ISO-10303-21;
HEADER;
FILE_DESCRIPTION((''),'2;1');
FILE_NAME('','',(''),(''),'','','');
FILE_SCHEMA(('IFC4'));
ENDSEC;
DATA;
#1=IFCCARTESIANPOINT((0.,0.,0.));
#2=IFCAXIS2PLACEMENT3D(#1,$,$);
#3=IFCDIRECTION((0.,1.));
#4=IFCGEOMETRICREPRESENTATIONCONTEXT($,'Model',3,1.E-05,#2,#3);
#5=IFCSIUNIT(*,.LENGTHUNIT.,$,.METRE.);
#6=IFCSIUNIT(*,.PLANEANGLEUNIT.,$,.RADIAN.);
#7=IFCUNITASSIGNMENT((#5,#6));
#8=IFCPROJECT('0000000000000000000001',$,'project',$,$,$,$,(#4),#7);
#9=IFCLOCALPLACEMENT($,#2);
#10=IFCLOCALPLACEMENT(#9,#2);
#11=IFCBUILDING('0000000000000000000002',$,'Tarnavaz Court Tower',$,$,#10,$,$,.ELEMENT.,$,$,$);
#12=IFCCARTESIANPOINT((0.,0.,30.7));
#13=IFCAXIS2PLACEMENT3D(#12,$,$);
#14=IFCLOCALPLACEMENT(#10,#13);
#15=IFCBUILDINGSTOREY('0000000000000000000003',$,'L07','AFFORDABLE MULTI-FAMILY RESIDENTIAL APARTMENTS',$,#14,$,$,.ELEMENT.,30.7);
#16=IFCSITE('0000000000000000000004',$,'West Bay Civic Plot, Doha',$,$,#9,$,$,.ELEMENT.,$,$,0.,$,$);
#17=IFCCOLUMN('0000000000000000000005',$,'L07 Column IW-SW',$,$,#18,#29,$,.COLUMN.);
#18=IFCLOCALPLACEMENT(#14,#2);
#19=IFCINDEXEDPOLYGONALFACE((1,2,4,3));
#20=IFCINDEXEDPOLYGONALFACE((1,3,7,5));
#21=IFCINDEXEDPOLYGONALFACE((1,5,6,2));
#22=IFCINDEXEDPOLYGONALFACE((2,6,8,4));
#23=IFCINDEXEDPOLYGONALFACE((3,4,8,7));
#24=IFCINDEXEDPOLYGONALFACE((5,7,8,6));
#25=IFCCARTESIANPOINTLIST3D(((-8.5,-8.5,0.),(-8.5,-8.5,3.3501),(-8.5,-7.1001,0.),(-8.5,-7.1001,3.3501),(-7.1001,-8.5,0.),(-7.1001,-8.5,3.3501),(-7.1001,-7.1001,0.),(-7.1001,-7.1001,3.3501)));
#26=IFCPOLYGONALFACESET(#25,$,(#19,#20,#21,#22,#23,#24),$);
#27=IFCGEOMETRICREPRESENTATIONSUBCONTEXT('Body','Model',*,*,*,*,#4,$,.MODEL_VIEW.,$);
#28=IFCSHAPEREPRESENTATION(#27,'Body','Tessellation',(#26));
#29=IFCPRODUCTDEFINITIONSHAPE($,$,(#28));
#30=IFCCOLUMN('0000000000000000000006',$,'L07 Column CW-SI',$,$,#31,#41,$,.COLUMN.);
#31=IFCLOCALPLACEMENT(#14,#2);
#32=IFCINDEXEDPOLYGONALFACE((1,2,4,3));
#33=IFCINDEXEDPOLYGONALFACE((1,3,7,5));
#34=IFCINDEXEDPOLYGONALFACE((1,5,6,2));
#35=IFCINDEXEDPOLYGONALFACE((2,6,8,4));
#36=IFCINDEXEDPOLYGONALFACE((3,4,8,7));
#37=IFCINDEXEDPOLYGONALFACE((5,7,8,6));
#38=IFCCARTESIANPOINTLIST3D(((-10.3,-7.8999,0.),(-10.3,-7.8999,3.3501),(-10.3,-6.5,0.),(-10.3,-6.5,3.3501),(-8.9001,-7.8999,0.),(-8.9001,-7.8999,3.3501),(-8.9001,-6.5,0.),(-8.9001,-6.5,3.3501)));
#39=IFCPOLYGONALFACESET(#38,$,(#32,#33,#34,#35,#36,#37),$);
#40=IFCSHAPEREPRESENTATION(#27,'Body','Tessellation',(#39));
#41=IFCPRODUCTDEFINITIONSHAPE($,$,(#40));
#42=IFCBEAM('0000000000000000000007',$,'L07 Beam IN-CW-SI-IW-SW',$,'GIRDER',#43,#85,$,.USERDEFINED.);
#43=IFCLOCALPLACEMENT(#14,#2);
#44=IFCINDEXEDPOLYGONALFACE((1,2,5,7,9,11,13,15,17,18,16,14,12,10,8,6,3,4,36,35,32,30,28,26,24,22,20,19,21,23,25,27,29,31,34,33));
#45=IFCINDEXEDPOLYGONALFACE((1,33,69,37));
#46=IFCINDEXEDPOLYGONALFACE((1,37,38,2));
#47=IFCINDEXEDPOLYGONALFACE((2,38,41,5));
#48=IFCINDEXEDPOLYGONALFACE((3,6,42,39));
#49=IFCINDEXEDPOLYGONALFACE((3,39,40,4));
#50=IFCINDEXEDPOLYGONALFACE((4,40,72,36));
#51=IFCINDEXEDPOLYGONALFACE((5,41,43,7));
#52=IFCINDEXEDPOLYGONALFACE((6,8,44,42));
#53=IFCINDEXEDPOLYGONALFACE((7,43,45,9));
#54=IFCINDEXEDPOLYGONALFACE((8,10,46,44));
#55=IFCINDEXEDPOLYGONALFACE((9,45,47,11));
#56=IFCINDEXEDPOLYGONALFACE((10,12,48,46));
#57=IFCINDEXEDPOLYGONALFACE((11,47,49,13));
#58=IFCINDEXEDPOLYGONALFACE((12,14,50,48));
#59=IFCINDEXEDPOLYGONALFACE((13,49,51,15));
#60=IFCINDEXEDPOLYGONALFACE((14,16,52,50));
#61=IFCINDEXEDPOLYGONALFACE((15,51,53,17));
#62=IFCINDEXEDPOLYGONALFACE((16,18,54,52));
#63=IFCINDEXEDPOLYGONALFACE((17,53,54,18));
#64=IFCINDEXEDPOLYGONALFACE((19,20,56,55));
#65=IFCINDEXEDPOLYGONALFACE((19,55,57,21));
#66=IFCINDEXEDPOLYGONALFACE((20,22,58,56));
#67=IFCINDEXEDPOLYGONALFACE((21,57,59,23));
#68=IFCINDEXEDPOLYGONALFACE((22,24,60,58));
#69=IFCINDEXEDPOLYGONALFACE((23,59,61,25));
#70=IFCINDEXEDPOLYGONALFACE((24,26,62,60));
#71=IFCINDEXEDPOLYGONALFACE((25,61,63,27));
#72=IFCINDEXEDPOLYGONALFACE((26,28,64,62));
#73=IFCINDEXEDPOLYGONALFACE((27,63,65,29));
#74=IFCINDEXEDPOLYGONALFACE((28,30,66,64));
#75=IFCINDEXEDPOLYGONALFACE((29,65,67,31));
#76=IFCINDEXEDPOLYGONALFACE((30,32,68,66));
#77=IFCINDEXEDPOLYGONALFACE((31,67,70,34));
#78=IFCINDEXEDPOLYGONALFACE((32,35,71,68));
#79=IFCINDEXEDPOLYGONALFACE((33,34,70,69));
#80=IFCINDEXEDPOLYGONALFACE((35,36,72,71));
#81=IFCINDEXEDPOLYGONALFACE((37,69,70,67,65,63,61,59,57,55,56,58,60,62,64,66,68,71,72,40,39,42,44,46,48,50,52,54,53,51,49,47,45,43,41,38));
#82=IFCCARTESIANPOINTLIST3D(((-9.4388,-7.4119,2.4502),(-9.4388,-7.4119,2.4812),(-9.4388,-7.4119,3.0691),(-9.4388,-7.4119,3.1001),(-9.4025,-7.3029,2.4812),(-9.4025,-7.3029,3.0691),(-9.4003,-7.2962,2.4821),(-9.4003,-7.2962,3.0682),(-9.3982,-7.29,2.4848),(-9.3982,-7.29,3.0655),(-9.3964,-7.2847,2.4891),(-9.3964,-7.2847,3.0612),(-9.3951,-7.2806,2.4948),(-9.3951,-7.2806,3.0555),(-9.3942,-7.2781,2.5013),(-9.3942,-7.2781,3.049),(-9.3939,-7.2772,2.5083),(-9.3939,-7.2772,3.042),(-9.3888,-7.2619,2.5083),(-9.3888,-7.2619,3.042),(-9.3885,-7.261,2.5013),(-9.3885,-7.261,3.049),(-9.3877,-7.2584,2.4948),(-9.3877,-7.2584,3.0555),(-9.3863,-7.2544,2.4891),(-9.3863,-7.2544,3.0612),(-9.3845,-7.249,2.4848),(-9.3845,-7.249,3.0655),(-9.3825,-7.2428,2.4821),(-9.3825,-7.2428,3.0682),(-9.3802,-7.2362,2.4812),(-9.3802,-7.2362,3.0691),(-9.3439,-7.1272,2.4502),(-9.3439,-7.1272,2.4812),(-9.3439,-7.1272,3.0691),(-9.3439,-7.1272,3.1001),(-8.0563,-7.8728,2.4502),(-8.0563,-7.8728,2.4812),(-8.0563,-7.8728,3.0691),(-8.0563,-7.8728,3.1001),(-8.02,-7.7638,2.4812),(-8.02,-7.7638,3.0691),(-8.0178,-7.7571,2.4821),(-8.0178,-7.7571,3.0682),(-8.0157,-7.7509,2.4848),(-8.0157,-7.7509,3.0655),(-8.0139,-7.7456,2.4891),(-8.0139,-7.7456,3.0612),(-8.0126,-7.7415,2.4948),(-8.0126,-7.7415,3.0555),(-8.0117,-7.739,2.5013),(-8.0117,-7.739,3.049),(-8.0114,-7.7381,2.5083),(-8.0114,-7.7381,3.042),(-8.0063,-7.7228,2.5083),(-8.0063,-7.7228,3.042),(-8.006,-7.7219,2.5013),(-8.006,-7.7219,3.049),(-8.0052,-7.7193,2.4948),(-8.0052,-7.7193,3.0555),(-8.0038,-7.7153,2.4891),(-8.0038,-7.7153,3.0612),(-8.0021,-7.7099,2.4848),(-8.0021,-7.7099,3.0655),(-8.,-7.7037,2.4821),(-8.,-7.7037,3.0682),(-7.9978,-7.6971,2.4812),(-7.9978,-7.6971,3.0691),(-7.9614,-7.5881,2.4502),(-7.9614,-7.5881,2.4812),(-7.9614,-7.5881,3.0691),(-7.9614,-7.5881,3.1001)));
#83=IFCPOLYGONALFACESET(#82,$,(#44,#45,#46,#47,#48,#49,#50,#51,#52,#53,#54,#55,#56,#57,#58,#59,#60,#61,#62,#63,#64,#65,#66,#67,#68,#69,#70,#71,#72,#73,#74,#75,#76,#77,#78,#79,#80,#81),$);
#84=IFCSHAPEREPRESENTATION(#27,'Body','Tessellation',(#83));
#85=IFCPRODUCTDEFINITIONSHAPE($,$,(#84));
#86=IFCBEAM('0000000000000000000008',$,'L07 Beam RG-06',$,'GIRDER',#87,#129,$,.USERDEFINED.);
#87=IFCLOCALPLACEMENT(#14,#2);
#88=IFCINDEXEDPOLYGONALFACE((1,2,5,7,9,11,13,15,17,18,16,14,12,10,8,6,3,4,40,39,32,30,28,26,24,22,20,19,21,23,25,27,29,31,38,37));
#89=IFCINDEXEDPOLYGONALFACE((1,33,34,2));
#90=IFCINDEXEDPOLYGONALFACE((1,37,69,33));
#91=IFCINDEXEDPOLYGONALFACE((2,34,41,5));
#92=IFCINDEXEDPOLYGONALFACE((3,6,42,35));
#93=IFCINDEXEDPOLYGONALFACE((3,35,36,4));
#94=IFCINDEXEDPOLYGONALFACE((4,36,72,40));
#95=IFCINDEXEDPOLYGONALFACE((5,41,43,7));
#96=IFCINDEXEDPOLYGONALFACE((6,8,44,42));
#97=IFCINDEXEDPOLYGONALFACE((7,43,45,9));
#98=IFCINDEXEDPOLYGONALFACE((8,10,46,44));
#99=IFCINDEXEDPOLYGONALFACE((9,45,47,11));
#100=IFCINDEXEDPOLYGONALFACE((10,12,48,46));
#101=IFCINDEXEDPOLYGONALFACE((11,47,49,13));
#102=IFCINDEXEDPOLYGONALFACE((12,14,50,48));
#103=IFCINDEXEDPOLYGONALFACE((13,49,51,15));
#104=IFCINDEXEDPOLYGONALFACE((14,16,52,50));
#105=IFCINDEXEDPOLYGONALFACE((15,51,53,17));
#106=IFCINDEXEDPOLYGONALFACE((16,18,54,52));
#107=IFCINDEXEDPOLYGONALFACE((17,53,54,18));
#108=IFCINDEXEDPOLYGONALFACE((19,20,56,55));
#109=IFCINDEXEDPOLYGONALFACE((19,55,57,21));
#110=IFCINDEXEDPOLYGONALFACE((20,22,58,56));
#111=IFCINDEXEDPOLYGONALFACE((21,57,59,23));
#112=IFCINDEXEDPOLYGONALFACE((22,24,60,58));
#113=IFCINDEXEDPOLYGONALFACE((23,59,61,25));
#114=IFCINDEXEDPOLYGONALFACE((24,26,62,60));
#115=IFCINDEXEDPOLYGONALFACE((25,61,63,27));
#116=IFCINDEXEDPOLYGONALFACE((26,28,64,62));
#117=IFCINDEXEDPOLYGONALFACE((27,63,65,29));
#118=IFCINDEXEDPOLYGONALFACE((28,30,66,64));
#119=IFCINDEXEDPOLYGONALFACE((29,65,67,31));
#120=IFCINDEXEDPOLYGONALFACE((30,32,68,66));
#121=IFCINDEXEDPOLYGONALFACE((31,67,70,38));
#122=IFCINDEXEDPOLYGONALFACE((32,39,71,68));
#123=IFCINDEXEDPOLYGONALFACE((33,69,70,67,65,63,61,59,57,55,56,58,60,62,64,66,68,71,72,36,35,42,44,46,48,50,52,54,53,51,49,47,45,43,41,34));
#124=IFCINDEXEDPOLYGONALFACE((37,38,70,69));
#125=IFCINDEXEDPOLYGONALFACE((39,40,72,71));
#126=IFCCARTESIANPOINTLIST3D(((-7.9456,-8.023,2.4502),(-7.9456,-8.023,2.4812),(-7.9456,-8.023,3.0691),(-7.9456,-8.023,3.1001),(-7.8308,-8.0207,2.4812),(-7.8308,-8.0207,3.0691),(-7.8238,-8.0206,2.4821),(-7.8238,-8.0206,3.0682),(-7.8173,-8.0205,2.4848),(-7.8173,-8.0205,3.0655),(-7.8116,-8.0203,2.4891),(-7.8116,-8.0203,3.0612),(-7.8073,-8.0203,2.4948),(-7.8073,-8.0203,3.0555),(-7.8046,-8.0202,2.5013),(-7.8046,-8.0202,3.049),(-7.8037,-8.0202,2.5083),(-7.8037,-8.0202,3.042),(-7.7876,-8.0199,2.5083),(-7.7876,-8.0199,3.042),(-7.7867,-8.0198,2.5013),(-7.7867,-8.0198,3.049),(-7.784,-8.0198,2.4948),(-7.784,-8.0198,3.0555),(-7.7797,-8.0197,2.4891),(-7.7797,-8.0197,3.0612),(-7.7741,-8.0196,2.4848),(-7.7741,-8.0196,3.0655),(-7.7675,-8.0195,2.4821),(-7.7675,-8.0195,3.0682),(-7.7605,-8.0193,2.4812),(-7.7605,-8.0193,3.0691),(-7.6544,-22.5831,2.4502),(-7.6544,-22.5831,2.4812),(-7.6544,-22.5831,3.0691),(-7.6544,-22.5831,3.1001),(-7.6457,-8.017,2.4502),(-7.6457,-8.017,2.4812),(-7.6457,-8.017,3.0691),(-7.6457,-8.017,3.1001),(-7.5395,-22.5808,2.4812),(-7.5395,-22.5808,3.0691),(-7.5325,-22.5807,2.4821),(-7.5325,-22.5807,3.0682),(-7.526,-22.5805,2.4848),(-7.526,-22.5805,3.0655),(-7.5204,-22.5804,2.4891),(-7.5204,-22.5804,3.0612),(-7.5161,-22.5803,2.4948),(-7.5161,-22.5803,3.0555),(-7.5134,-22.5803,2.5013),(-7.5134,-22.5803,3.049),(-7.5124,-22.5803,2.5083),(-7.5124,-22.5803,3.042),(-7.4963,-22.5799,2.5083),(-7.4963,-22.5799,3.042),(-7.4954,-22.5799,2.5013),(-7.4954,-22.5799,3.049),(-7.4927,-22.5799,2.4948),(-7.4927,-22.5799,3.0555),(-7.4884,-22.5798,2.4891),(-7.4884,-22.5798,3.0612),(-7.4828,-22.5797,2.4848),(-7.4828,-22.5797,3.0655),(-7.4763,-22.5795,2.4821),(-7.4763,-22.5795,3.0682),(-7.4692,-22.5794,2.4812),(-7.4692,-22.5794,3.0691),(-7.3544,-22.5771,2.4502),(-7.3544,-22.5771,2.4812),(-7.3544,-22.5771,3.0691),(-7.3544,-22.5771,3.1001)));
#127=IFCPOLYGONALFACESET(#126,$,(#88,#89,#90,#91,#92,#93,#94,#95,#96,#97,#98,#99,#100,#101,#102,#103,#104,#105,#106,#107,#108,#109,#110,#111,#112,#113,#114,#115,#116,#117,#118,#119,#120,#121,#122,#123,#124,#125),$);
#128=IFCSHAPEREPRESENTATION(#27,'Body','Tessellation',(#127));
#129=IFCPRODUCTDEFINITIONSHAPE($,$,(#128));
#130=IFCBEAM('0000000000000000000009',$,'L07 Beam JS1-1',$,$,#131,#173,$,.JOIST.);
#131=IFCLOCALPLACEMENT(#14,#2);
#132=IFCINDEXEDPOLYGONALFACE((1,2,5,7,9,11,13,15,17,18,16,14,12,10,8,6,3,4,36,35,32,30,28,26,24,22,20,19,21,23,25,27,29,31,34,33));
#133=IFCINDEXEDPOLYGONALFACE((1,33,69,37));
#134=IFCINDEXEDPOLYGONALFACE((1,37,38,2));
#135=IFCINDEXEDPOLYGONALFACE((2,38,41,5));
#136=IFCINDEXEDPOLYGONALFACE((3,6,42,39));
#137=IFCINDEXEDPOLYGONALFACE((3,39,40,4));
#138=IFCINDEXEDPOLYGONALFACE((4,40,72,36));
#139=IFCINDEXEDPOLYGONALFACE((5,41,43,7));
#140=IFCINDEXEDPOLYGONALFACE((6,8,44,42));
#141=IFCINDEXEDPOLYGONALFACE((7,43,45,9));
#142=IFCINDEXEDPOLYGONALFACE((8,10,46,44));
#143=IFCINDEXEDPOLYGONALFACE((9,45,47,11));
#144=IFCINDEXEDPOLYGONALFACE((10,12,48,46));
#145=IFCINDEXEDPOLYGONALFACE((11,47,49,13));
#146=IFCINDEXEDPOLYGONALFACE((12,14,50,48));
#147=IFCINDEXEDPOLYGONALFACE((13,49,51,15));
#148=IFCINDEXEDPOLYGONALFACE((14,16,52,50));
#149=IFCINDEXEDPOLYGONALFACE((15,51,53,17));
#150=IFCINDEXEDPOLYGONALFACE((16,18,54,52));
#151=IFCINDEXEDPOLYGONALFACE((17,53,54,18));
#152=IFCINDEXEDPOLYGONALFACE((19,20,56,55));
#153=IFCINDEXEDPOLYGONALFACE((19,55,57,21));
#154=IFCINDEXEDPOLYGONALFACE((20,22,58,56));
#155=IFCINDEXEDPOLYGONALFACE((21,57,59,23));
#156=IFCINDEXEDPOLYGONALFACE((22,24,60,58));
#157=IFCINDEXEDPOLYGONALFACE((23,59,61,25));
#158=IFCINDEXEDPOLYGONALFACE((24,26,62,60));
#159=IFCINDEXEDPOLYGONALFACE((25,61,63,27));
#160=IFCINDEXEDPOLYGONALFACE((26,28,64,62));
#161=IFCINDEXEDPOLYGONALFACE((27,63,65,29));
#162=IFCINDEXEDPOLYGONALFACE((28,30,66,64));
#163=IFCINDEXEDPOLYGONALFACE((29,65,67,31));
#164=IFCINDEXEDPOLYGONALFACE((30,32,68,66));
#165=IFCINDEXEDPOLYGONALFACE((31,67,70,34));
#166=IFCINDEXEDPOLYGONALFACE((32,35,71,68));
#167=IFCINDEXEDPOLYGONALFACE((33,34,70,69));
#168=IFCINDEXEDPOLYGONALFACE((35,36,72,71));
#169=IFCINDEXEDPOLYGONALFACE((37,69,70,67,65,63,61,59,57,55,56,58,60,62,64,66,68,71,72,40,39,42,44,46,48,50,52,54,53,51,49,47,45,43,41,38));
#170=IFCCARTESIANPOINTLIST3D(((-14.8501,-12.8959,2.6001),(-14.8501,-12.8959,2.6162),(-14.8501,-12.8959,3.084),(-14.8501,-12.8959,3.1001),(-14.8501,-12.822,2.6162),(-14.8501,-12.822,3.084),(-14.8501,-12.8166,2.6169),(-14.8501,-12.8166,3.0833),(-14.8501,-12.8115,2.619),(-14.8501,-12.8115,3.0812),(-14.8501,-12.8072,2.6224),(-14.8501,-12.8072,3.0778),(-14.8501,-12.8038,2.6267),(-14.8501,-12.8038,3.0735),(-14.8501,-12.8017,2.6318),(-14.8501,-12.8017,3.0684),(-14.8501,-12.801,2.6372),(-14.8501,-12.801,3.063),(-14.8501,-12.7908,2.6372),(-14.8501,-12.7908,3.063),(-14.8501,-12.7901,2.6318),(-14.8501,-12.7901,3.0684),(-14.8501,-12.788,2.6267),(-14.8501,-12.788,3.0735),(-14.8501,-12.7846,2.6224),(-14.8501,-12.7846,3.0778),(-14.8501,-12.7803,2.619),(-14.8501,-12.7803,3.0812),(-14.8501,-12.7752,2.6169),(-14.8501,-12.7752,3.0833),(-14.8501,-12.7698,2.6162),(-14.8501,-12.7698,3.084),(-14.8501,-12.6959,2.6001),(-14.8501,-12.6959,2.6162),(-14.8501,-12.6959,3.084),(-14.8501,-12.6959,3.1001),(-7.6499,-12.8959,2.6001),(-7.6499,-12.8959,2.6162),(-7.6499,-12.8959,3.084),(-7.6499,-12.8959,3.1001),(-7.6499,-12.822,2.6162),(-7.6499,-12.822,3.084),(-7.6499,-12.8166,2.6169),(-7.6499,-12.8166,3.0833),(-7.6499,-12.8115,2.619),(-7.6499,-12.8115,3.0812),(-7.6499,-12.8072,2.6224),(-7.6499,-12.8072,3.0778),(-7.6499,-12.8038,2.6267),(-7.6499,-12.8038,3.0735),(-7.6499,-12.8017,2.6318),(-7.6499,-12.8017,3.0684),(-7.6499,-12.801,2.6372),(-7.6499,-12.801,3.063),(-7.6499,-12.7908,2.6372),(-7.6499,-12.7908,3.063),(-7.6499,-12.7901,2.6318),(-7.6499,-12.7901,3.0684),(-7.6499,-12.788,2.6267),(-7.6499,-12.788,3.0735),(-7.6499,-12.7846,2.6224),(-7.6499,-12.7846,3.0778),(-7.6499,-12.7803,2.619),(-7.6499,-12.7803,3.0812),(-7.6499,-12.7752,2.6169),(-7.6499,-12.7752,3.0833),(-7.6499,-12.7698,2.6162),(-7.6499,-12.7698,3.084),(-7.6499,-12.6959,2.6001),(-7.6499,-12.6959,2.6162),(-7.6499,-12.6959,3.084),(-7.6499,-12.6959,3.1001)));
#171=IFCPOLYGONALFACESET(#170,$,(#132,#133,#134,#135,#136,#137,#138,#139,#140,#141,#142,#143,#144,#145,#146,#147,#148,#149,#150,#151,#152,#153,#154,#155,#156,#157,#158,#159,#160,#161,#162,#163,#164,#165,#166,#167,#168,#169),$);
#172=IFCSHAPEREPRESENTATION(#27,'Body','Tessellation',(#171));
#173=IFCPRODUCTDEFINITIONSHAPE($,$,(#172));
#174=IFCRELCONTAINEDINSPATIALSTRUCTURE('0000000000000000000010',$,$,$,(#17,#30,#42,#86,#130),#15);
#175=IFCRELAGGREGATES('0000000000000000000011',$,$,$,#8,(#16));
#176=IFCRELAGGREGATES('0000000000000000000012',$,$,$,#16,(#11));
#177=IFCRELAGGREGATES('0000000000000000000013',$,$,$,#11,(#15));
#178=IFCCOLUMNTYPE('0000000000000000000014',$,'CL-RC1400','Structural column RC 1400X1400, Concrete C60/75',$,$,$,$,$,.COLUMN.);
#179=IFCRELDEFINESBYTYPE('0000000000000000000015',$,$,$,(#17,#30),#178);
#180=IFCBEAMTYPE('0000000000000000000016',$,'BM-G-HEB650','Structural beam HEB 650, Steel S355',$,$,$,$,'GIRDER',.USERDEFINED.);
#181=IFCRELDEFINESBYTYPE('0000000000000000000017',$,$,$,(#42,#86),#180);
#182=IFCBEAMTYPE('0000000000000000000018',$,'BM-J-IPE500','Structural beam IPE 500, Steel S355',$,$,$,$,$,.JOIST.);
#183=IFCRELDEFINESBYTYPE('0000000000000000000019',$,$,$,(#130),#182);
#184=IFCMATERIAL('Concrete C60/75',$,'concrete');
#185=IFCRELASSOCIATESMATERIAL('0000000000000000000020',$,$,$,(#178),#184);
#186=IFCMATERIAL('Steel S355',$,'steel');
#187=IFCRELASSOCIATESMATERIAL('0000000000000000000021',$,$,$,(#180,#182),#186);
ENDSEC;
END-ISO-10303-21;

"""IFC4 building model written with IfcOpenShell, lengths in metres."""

from ifc_helpers import new_model, si_unit, direction, frame, origin, origin_2d, place, context, subcontext, project, spatial, rectangle, i_section, extrude, material, material_profile, profile_set, type_object, element, save


model = new_model("IFC4")

# Units and contexts
model_context = context("Model", 3, precision=1e-05, world=origin(), true_north=direction((0.0, 1.0)))
body_context = subcontext(model_context, "Body", "Model", "MODEL_VIEW")
ifc_project = project(units=[si_unit("LENGTHUNIT", "METRE"), si_unit("PLANEANGLEUNIT", "RADIAN")], contexts=[model_context])

# Site, building, storey
site_placement = place(None, origin())
site = spatial("IfcSite", under=ifc_project, at=site_placement, Name="West Bay Civic Plot, Doha", CompositionType="ELEMENT", RefElevation=0.0)
building_placement = place(site_placement, origin())
building = spatial("IfcBuilding", under=site, at=building_placement, Name="Tarnavaz Court Tower", CompositionType="ELEMENT")
storey_placement = place(building_placement, frame((0.0, 0.0, 30.7)))
storey = spatial("IfcBuildingStorey", under=building, at=storey_placement, Name="L07", Description="AFFORDABLE MULTI-FAMILY RESIDENTIAL APARTMENTS", CompositionType="ELEMENT", Elevation=30.7)

# Columns
ifc_material_1 = material(Name="Concrete C60/75", Category="concrete")
ifc_material_profile_1 = material_profile(ifc_material_1, rectangle(XDim=1.3999, YDim=1.3999, at=origin_2d()), Name="RC 1400X1400")
ifc_profile_set_1 = profile_set([ifc_material_profile_1], Name="Concrete C60/75")
column_type = type_object("IfcColumnType", Name="CL-RC1400", Description="Structural column RC 1400X1400, Concrete C60/75", PredefinedType="COLUMN", material=ifc_profile_set_1)
for number, where, z_axis, x_axis, name in (
    (1, (-7.8, -7.8, 0.0), (0.0, 0.0, 1.0), (1.0, 0.0, 0.0), "L07 Column IW-SW"),
    (2, (-9.6001, -7.2, 0.0), (0.0, 0.0, 1.0), (1.0, 0.0, 0.0), "L07 Column CW-SI"),
):
    element("IfcColumn", number, at=place(storey_placement, frame(where, z_axis=z_axis, x_axis=x_axis)), inside=storey, type_object=column_type, Name=name, PredefinedType="COLUMN", context=body_context, shape_type="SweptSolid", body=[
        extrude(rectangle(XDim=1.3999, YDim=1.3999, at=origin_2d()), origin(), (0.0, 0.0, 1.0), 3.3501),
    ])

# Beams
ifc_material_2 = material(Name="Steel S355", Category="steel")
ifc_material_profile_2 = material_profile(ifc_material_2, i_section(OverallWidth=0.3, OverallDepth=0.6499, WebThickness=0.0161, FlangeThickness=0.031, FilletRadius=0.0271, at=origin_2d()), Name="HEB 650")
ifc_profile_set_2 = profile_set([ifc_material_profile_2], Name="Steel S355")
beam_type_1 = type_object("IfcBeamType", Name="BM-G-HEB650", Description="Structural beam HEB 650, Steel S355", ElementType="GIRDER", PredefinedType="USERDEFINED", material=ifc_profile_set_2)
beam_1_placement = place(storey_placement, frame((-9.3914, -7.2695, 2.7751), z_axis=(0.948667, -0.316278, 0.0), x_axis=(0.316278, 0.948667, 0.0)))
element("IfcBeam", 3, at=beam_1_placement, inside=storey, type_object=beam_type_1, Name="L07 Beam IN-CW-SI-IW-SW", ObjectType="GIRDER", PredefinedType="USERDEFINED", context=body_context, shape_type="SweptSolid", body=[
    extrude(i_section(OverallWidth=0.3, OverallDepth=0.6499, WebThickness=0.0161, FlangeThickness=0.031, FilletRadius=0.0271, at=origin_2d()), origin(), (0.0, 0.0, 1.0), 1.4573),
])
beam_2_placement = place(storey_placement, frame((-7.7957, -8.02, 2.7751), z_axis=(0.02, -0.9998, 0.0), x_axis=(0.9998, 0.02, 0.0)))
element("IfcBeam", 4, at=beam_2_placement, inside=storey, type_object=beam_type_1, Name="L07 Beam RG-06", ObjectType="GIRDER", PredefinedType="USERDEFINED", context=body_context, shape_type="SweptSolid", body=[
    extrude(i_section(OverallWidth=0.3, OverallDepth=0.6499, WebThickness=0.0161, FlangeThickness=0.031, FilletRadius=0.0271, at=origin_2d()), origin(), (0.0, 0.0, 1.0), 14.563),
])
ifc_material_profile_3 = material_profile(ifc_material_2, i_section(OverallWidth=0.2, OverallDepth=0.5, WebThickness=0.0103, FlangeThickness=0.0161, FilletRadius=0.021, at=origin_2d()), Name="IPE 500")
ifc_profile_set_3 = profile_set([ifc_material_profile_3], Name="Steel S355")
beam_type_2 = type_object("IfcBeamType", Name="BM-J-IPE500", Description="Structural beam IPE 500, Steel S355", PredefinedType="JOIST", material=ifc_profile_set_3)
beam_3_placement = place(storey_placement, frame((-14.8501, -12.7959, 2.8501), z_axis=(1.0, 0.0, 0.0), x_axis=(0.0, 1.0, 0.0)))
element("IfcBeam", 5, at=beam_3_placement, inside=storey, type_object=beam_type_2, Name="L07 Beam JS1-1", PredefinedType="JOIST", context=body_context, shape_type="SweptSolid", body=[
    extrude(i_section(OverallWidth=0.2, OverallDepth=0.5, WebThickness=0.0103, FlangeThickness=0.0161, FilletRadius=0.021, at=origin_2d()), origin(), (0.0, 0.0, 1.0), 7.2002),
])

save(model, "model.ifc")
